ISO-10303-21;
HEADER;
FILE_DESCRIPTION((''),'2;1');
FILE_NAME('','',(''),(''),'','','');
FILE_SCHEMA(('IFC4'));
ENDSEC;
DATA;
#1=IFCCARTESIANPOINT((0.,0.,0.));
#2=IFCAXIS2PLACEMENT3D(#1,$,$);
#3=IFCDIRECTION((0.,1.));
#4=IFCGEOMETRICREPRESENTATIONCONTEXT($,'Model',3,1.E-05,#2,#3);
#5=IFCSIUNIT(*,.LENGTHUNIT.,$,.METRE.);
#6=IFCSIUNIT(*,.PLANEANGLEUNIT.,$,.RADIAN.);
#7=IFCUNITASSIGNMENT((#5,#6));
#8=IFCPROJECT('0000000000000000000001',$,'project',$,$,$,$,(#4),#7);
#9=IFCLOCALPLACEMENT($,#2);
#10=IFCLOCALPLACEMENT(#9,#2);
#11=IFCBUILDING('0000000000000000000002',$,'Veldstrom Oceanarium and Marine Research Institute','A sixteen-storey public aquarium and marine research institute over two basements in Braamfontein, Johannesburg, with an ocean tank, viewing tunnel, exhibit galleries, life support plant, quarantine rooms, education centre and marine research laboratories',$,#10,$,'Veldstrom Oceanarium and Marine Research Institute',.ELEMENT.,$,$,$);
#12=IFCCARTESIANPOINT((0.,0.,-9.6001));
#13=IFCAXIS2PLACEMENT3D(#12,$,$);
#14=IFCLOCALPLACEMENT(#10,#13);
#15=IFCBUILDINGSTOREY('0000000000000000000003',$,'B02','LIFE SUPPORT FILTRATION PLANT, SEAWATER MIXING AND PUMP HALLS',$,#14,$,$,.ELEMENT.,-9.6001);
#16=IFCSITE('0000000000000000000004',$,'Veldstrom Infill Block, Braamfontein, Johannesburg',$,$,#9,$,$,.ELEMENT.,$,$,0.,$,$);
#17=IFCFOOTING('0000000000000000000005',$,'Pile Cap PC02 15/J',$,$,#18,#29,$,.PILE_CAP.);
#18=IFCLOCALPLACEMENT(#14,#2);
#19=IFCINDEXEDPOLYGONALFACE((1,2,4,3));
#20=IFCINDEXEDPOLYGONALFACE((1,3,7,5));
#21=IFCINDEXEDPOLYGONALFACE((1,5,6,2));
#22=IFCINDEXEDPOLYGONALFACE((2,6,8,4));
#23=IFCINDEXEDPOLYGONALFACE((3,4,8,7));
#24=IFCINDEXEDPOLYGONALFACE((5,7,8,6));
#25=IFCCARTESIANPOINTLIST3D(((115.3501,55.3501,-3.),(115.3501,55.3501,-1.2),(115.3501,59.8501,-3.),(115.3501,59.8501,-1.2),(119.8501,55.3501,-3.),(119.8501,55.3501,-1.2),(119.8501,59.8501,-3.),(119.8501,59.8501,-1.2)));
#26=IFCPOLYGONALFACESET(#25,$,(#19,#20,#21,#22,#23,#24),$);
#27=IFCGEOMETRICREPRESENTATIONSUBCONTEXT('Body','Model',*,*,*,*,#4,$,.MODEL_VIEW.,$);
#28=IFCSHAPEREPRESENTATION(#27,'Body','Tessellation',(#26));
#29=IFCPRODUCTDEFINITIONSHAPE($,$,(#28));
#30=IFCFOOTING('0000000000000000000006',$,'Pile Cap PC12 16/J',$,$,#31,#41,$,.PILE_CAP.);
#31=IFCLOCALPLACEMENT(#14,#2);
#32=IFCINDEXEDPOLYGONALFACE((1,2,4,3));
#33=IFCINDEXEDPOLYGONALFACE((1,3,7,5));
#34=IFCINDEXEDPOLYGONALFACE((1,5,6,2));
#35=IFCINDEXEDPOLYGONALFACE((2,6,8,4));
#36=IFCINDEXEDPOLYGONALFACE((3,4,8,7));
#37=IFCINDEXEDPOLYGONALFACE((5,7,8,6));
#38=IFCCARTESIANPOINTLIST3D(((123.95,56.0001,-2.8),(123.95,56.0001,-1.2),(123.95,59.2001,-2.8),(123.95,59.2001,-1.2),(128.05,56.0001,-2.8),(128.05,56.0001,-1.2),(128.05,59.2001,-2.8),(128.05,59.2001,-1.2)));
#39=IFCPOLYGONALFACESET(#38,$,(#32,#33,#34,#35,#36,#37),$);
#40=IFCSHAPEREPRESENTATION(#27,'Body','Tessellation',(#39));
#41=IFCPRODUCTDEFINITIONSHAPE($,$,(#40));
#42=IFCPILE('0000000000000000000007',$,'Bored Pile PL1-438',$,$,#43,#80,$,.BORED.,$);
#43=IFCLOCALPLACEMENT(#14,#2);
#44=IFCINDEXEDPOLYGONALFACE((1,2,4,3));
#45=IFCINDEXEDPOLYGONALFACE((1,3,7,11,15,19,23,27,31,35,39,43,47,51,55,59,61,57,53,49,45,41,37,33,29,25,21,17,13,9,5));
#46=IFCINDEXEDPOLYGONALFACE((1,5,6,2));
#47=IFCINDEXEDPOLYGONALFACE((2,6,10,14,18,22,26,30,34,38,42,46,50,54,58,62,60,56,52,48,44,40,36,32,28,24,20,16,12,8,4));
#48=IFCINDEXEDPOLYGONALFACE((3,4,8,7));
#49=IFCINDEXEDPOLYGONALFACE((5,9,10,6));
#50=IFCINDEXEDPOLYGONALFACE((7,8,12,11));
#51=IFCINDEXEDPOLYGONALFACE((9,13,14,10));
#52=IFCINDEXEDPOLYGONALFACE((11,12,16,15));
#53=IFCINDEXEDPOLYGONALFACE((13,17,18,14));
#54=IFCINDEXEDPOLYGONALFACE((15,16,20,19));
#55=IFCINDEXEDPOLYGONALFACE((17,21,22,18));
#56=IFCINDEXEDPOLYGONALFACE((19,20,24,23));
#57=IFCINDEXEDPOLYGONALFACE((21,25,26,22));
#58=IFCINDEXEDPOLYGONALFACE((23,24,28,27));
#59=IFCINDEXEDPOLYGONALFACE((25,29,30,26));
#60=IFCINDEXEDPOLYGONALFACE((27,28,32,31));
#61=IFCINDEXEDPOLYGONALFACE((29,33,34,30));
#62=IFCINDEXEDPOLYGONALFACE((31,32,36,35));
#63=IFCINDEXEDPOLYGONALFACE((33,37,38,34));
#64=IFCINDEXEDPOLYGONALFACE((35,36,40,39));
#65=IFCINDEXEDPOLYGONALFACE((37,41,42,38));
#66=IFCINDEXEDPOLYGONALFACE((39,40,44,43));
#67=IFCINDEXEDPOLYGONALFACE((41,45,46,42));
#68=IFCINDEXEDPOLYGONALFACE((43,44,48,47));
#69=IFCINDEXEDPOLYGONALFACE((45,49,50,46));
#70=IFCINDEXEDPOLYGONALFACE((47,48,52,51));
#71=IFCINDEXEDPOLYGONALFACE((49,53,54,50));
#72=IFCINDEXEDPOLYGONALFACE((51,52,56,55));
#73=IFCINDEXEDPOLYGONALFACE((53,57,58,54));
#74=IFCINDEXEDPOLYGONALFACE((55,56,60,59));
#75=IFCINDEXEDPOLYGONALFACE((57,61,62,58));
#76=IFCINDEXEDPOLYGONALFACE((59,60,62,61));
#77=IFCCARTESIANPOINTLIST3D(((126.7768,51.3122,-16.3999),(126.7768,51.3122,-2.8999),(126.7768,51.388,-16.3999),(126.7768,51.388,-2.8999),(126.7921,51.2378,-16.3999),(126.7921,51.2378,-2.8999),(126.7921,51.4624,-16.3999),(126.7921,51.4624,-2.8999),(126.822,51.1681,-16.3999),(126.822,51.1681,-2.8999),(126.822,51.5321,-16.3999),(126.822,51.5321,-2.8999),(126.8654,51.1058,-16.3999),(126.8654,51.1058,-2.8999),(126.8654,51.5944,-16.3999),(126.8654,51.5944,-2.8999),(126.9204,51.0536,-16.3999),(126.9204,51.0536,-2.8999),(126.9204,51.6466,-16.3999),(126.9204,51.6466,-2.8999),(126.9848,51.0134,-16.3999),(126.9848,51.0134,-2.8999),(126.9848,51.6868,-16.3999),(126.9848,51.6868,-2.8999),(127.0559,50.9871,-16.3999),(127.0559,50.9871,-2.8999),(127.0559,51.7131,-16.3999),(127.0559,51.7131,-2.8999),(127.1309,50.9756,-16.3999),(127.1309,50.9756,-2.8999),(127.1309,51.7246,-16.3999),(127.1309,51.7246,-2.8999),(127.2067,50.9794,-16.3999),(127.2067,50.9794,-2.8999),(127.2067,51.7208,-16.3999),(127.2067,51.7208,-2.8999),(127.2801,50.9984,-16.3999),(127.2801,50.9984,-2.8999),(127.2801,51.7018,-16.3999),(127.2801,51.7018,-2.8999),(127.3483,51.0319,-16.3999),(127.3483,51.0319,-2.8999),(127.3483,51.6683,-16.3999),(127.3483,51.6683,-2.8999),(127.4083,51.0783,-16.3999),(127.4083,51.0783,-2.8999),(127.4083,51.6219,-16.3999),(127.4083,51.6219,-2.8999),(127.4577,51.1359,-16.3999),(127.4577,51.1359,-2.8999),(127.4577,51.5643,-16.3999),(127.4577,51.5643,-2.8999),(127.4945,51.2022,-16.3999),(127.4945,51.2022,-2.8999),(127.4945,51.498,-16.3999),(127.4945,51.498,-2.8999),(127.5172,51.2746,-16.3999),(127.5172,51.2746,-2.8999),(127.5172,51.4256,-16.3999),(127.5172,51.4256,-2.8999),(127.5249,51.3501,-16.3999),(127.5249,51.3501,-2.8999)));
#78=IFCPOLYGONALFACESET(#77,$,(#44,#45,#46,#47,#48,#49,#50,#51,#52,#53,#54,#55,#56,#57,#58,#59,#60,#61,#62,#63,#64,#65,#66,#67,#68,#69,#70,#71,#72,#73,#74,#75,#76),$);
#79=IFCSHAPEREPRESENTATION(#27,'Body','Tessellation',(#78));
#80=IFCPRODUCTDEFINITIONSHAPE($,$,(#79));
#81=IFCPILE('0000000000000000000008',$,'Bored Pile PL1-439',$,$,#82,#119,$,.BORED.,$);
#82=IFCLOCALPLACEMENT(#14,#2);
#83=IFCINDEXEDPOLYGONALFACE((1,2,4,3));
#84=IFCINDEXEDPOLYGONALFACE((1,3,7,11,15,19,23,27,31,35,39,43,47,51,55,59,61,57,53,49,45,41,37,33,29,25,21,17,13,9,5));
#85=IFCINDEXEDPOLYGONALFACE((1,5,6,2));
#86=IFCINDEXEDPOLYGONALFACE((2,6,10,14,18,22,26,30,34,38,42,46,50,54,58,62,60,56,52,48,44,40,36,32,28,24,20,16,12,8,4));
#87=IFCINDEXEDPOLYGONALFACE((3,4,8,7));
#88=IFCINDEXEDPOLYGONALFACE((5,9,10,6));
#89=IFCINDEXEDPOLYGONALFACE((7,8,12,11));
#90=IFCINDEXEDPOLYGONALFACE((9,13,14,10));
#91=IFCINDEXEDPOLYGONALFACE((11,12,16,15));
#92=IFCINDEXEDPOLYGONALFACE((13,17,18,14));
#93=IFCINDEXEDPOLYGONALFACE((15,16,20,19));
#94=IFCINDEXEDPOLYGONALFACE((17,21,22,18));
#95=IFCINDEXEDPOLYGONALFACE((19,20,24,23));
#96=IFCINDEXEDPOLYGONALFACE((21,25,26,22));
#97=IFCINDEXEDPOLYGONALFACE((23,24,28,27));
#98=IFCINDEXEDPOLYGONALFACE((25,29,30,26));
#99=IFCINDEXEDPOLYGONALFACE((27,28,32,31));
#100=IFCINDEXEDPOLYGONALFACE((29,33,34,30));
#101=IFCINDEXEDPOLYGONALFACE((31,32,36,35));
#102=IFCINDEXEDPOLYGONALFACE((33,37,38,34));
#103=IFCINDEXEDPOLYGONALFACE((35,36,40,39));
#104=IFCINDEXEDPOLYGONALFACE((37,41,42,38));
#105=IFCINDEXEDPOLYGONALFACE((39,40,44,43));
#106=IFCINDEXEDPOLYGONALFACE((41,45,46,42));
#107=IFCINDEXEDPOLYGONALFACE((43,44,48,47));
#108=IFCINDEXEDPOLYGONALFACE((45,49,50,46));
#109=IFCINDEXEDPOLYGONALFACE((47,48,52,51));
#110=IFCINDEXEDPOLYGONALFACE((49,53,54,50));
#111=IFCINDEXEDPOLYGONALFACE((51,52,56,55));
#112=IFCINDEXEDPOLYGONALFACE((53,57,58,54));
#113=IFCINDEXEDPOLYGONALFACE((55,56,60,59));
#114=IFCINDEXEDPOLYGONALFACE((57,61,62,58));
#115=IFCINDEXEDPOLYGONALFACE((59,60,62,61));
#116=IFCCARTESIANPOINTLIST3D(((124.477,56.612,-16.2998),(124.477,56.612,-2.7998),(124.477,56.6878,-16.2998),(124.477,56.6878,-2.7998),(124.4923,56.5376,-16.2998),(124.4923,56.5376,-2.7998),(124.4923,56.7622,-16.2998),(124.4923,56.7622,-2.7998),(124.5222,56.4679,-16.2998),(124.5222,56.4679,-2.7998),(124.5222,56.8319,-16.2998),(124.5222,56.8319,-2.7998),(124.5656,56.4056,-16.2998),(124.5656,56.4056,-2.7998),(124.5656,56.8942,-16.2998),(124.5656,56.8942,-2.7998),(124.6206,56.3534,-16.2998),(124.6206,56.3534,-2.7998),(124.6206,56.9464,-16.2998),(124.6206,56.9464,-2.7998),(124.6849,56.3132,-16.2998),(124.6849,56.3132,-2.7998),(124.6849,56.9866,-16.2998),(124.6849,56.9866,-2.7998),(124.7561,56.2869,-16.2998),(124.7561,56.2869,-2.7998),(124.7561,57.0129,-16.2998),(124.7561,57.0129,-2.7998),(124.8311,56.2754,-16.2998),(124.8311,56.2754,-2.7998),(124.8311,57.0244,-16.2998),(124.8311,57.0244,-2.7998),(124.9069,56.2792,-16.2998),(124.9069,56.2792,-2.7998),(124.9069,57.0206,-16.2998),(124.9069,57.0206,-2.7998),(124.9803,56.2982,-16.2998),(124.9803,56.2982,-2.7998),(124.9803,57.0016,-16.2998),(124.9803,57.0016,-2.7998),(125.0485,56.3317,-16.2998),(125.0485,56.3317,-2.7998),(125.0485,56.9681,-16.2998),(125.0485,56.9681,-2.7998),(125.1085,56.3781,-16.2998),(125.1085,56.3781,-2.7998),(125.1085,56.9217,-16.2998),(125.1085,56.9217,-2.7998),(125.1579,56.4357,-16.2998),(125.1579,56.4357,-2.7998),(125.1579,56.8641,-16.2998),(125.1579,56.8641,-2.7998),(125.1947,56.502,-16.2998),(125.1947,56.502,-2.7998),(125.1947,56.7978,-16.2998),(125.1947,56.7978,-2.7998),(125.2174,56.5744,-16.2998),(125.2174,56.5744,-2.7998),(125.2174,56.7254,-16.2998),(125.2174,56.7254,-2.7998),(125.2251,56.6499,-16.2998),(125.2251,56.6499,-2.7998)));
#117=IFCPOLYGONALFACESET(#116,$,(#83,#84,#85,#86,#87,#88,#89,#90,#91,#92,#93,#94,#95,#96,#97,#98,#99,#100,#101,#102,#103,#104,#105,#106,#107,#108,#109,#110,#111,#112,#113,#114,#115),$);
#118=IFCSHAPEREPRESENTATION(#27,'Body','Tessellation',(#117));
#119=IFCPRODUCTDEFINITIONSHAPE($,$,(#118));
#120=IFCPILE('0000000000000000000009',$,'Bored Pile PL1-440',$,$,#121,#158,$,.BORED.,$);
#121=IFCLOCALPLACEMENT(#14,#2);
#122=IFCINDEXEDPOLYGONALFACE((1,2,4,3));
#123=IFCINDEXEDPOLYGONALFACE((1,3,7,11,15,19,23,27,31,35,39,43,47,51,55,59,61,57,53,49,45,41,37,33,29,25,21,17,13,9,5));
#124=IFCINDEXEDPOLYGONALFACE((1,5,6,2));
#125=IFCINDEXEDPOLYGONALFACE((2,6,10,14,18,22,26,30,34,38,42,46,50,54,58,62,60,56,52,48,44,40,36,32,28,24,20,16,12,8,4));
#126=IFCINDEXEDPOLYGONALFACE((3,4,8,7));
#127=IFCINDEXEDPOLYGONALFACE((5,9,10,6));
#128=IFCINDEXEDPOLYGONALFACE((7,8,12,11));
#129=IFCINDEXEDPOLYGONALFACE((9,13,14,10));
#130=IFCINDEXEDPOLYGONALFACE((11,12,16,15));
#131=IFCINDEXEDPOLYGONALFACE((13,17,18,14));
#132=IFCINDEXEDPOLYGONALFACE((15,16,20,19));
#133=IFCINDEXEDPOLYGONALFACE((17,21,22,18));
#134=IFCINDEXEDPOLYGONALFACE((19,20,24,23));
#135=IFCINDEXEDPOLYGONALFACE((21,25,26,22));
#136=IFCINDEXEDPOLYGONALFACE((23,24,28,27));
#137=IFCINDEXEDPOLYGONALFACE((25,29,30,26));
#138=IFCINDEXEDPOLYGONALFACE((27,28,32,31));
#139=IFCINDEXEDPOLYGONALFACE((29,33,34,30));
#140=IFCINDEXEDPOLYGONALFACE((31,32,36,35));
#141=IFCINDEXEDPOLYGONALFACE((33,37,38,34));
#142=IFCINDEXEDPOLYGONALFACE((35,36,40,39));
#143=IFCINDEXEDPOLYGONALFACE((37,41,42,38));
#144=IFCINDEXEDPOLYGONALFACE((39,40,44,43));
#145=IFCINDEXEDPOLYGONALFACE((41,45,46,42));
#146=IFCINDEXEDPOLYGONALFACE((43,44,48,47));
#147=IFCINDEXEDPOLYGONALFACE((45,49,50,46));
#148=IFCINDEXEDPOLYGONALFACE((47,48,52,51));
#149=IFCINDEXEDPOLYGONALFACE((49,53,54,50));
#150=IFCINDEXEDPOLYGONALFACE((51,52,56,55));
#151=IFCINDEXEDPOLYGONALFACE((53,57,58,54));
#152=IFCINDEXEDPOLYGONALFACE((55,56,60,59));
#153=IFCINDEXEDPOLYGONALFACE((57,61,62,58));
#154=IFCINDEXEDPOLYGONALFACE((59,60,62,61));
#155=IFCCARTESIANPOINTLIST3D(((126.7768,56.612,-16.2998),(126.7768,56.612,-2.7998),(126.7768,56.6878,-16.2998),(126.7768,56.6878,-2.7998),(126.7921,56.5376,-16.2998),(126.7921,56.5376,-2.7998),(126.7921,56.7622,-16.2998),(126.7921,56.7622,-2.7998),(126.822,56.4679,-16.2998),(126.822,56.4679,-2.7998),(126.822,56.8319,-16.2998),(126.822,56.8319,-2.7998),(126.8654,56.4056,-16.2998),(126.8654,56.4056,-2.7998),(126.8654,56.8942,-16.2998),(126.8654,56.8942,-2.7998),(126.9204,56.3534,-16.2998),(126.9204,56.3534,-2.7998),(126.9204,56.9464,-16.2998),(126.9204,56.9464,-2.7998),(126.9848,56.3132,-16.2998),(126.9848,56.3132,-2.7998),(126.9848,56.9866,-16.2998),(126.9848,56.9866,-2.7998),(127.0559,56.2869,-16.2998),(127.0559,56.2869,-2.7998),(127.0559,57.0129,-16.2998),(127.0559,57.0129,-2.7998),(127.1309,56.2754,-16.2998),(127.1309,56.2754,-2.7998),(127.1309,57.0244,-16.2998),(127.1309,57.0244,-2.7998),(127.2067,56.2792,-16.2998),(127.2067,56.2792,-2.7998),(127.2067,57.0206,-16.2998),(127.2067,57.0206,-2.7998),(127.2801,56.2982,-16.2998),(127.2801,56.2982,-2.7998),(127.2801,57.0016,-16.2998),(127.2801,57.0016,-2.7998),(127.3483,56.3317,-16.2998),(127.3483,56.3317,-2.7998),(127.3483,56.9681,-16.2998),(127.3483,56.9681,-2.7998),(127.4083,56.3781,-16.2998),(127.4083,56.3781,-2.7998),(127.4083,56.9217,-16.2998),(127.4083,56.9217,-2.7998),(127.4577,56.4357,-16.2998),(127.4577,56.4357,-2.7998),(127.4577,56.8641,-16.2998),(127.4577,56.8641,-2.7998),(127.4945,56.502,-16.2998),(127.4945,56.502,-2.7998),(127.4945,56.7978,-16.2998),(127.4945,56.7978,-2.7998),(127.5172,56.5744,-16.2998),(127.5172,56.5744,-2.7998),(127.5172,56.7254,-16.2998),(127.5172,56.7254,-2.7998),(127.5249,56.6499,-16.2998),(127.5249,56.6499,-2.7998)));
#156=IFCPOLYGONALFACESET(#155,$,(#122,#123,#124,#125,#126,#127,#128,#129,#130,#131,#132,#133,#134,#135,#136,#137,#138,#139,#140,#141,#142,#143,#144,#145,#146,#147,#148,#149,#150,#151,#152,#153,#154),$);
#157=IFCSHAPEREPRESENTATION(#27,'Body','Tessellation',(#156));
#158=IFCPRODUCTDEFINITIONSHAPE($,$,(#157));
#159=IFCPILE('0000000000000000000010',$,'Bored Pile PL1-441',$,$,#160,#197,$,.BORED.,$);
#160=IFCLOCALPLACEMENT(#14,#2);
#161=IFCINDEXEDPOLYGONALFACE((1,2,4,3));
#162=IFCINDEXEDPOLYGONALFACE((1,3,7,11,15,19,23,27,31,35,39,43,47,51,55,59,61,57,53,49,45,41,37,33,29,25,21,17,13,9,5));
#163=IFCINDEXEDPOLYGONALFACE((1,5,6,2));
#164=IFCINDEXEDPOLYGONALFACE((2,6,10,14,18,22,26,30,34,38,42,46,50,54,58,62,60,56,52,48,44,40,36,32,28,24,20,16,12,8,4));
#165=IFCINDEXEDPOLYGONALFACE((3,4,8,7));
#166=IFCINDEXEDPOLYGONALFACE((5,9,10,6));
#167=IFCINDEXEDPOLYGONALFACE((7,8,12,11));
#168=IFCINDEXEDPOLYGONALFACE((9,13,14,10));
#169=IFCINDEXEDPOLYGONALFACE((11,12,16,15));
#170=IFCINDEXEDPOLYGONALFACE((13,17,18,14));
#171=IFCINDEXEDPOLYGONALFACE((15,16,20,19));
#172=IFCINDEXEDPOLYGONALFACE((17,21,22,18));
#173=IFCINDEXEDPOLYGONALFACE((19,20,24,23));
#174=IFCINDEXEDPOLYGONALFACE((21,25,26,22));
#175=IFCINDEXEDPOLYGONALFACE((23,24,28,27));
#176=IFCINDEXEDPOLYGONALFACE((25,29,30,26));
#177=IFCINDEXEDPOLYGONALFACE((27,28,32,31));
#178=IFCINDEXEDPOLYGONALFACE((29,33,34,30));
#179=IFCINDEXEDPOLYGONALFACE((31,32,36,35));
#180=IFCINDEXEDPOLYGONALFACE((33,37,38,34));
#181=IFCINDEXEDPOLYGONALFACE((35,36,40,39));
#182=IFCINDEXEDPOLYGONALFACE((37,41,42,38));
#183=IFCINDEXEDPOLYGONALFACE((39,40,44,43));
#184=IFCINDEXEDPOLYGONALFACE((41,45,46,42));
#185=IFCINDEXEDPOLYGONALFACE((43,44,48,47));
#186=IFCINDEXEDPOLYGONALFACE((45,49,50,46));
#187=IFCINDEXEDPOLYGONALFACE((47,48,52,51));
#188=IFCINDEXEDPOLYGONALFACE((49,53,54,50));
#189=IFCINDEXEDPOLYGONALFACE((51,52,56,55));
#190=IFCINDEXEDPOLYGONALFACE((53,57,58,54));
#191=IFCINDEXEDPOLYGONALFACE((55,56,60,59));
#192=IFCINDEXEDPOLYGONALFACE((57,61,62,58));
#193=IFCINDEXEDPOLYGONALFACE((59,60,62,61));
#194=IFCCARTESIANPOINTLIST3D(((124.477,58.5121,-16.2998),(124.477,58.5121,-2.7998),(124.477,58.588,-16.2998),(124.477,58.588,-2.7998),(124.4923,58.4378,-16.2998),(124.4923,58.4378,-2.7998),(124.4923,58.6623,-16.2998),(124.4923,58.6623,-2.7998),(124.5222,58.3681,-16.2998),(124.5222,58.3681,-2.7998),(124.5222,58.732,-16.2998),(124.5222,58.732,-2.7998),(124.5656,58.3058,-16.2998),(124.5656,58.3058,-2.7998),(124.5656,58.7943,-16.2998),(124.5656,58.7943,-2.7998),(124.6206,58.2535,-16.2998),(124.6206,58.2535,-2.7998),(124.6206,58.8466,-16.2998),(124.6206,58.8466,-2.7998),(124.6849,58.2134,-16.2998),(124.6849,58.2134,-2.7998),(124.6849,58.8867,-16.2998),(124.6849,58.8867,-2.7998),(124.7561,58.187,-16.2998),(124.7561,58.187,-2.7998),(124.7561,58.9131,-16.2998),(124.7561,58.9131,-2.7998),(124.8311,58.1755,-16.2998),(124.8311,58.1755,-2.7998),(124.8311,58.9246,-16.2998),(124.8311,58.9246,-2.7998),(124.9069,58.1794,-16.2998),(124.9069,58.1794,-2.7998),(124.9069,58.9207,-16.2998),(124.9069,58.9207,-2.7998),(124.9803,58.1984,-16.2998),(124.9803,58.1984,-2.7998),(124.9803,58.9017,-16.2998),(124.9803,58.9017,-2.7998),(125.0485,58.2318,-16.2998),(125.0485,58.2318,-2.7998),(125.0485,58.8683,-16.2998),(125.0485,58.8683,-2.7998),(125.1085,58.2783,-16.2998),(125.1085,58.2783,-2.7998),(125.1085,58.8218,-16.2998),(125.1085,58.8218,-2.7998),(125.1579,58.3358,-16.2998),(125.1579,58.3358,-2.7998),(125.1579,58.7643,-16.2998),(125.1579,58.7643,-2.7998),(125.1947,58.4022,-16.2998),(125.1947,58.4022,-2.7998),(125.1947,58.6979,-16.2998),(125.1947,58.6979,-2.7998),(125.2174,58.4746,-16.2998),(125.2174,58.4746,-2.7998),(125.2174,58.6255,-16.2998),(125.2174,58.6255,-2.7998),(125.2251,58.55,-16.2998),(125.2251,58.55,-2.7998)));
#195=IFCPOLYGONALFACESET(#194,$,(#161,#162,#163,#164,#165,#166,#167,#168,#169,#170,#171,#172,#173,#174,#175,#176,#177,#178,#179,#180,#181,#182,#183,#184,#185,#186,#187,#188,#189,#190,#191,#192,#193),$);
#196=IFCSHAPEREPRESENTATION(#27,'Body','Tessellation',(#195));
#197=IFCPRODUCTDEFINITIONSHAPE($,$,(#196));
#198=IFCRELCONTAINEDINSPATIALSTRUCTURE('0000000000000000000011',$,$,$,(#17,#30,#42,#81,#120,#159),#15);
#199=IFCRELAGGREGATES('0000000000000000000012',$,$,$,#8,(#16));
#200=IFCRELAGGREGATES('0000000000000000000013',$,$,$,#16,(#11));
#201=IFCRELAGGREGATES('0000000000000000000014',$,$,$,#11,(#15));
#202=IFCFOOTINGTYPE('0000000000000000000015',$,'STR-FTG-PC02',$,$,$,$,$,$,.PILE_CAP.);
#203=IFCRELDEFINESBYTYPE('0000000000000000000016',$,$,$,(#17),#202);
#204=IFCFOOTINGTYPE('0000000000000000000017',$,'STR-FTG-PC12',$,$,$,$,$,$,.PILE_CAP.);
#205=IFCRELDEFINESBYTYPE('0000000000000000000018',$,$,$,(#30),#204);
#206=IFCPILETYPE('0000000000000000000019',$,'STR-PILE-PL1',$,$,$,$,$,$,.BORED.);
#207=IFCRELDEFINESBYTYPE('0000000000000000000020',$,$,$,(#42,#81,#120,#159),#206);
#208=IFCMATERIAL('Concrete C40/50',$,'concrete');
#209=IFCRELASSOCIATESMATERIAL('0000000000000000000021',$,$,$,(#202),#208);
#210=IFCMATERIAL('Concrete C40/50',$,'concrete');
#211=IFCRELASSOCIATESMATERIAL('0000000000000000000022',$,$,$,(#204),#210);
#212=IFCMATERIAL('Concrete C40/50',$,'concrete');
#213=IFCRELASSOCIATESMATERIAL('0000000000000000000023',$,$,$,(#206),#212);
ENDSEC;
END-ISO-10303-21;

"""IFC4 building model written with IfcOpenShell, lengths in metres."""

from ifc_helpers import new_model, si_unit, direction, frame, origin, origin_2d, place, context, subcontext, project, spatial, rectangle, circle, extrude, material, material_profile, profile_set, type_object, element, save


model = new_model("IFC4")

# Units and contexts
model_context = context("Model", 3, precision=1e-05, world=origin(), true_north=direction((0.0, 1.0)))
body_context = subcontext(model_context, "Body", "Model", "MODEL_VIEW")
ifc_project = project(units=[si_unit("LENGTHUNIT", "METRE"), si_unit("PLANEANGLEUNIT", "RADIAN")], contexts=[model_context])

# Site, building, storey
site_placement = place(None, origin())
site = spatial("IfcSite", under=ifc_project, at=site_placement, Name="Veldstrom Infill Block, Braamfontein, Johannesburg", CompositionType="ELEMENT", RefElevation=0.0)
building_placement = place(site_placement, origin())
building = spatial("IfcBuilding", under=site, at=building_placement, Name="Veldstrom Oceanarium and Marine Research Institute", Description="A sixteen-storey public aquarium and marine research institute over two basements in Braamfontein, Johannesburg, with an ocean tank, viewing tunnel, exhibit galleries, life support plant, quarantine rooms, education centre and marine research laboratories", LongName="Veldstrom Oceanarium and Marine Research Institute", CompositionType="ELEMENT")
storey_placement = place(building_placement, frame((0.0, 0.0, -9.6001)))
storey = spatial("IfcBuildingStorey", under=building, at=storey_placement, Name="B02", Description="LIFE SUPPORT FILTRATION PLANT, SEAWATER MIXING AND PUMP HALLS", CompositionType="ELEMENT", Elevation=-9.6001)

# Footings
ifc_material_1 = material(Name="Concrete C40/50", Category="concrete")
footing_type_1 = type_object("IfcFootingType", Name="STR-FTG-PC02", PredefinedType="PILE_CAP", material=ifc_material_1)
footing_1_placement = place(storey_placement, frame((117.6001, 57.6001, -3.0), z_axis=(0.0, 0.0, 1.0), x_axis=(1.0, 0.0, 0.0)))
element("IfcFooting", 1, at=footing_1_placement, inside=storey, type_object=footing_type_1, Name="Pile Cap PC02 15/J", PredefinedType="PILE_CAP", context=body_context, shape_type="SweptSolid", body=[
    extrude(rectangle(XDim=4.5, YDim=4.5, at=origin_2d()), origin(), (0.0, 0.0, 1.0), 1.8),
])
ifc_material_2 = material(Name="Concrete C40/50", Category="concrete")
footing_type_2 = type_object("IfcFootingType", Name="STR-FTG-PC12", PredefinedType="PILE_CAP", material=ifc_material_2)
footing_2_placement = place(storey_placement, frame((126.0, 57.6001, -2.8), z_axis=(0.0, 0.0, 1.0), x_axis=(1.0, 0.0, 0.0)))
element("IfcFooting", 2, at=footing_2_placement, inside=storey, type_object=footing_type_2, Name="Pile Cap PC12 16/J", PredefinedType="PILE_CAP", context=body_context, shape_type="SweptSolid", body=[
    extrude(rectangle(XDim=4.1001, YDim=3.2, at=origin_2d()), origin(), (0.0, 0.0, 1.0), 1.6001),
])

# Piles
ifc_material_3 = material(Name="Concrete C40/50", Category="concrete")
ifc_material_profile_1 = material_profile(ifc_material_3, circle(Radius=0.375, at=origin_2d()), Name="PILE-D750")
ifc_profile_set_1 = profile_set([ifc_material_profile_1], Name="Concrete C40/50")
pile_type_1 = type_object("IfcPileType", Name="STR-PILE-PL1", PredefinedType="BORED", material=ifc_profile_set_1)
for number, where, z_axis, x_axis, name in (
    (3, (127.1499, 51.3501, -2.8999), (0.0, 0.0, -1.0), (1.0, 0.0, 0.0), "Bored Pile PL1-438"),
    (4, (124.8501, 56.6499, -2.7998), (0.0, 0.0, -1.0), (1.0, 0.0, 0.0), "Bored Pile PL1-439"),
    (5, (127.1499, 56.6499, -2.7998), (0.0, 0.0, -1.0), (1.0, 0.0, 0.0), "Bored Pile PL1-440"),
    (6, (124.8501, 58.55, -2.7998), (0.0, 0.0, -1.0), (1.0, 0.0, 0.0), "Bored Pile PL1-441"),
):
    element("IfcPile", number, at=place(storey_placement, frame(where, z_axis=z_axis, x_axis=x_axis)), inside=storey, type_object=pile_type_1, Name=name, PredefinedType="BORED", context=body_context, shape_type="SweptSolid", body=[
        extrude(circle(Radius=0.375, at=origin_2d()), origin(), (0.0, 0.0, 1.0), 13.5),
    ])

save(model, "model.ifc")
